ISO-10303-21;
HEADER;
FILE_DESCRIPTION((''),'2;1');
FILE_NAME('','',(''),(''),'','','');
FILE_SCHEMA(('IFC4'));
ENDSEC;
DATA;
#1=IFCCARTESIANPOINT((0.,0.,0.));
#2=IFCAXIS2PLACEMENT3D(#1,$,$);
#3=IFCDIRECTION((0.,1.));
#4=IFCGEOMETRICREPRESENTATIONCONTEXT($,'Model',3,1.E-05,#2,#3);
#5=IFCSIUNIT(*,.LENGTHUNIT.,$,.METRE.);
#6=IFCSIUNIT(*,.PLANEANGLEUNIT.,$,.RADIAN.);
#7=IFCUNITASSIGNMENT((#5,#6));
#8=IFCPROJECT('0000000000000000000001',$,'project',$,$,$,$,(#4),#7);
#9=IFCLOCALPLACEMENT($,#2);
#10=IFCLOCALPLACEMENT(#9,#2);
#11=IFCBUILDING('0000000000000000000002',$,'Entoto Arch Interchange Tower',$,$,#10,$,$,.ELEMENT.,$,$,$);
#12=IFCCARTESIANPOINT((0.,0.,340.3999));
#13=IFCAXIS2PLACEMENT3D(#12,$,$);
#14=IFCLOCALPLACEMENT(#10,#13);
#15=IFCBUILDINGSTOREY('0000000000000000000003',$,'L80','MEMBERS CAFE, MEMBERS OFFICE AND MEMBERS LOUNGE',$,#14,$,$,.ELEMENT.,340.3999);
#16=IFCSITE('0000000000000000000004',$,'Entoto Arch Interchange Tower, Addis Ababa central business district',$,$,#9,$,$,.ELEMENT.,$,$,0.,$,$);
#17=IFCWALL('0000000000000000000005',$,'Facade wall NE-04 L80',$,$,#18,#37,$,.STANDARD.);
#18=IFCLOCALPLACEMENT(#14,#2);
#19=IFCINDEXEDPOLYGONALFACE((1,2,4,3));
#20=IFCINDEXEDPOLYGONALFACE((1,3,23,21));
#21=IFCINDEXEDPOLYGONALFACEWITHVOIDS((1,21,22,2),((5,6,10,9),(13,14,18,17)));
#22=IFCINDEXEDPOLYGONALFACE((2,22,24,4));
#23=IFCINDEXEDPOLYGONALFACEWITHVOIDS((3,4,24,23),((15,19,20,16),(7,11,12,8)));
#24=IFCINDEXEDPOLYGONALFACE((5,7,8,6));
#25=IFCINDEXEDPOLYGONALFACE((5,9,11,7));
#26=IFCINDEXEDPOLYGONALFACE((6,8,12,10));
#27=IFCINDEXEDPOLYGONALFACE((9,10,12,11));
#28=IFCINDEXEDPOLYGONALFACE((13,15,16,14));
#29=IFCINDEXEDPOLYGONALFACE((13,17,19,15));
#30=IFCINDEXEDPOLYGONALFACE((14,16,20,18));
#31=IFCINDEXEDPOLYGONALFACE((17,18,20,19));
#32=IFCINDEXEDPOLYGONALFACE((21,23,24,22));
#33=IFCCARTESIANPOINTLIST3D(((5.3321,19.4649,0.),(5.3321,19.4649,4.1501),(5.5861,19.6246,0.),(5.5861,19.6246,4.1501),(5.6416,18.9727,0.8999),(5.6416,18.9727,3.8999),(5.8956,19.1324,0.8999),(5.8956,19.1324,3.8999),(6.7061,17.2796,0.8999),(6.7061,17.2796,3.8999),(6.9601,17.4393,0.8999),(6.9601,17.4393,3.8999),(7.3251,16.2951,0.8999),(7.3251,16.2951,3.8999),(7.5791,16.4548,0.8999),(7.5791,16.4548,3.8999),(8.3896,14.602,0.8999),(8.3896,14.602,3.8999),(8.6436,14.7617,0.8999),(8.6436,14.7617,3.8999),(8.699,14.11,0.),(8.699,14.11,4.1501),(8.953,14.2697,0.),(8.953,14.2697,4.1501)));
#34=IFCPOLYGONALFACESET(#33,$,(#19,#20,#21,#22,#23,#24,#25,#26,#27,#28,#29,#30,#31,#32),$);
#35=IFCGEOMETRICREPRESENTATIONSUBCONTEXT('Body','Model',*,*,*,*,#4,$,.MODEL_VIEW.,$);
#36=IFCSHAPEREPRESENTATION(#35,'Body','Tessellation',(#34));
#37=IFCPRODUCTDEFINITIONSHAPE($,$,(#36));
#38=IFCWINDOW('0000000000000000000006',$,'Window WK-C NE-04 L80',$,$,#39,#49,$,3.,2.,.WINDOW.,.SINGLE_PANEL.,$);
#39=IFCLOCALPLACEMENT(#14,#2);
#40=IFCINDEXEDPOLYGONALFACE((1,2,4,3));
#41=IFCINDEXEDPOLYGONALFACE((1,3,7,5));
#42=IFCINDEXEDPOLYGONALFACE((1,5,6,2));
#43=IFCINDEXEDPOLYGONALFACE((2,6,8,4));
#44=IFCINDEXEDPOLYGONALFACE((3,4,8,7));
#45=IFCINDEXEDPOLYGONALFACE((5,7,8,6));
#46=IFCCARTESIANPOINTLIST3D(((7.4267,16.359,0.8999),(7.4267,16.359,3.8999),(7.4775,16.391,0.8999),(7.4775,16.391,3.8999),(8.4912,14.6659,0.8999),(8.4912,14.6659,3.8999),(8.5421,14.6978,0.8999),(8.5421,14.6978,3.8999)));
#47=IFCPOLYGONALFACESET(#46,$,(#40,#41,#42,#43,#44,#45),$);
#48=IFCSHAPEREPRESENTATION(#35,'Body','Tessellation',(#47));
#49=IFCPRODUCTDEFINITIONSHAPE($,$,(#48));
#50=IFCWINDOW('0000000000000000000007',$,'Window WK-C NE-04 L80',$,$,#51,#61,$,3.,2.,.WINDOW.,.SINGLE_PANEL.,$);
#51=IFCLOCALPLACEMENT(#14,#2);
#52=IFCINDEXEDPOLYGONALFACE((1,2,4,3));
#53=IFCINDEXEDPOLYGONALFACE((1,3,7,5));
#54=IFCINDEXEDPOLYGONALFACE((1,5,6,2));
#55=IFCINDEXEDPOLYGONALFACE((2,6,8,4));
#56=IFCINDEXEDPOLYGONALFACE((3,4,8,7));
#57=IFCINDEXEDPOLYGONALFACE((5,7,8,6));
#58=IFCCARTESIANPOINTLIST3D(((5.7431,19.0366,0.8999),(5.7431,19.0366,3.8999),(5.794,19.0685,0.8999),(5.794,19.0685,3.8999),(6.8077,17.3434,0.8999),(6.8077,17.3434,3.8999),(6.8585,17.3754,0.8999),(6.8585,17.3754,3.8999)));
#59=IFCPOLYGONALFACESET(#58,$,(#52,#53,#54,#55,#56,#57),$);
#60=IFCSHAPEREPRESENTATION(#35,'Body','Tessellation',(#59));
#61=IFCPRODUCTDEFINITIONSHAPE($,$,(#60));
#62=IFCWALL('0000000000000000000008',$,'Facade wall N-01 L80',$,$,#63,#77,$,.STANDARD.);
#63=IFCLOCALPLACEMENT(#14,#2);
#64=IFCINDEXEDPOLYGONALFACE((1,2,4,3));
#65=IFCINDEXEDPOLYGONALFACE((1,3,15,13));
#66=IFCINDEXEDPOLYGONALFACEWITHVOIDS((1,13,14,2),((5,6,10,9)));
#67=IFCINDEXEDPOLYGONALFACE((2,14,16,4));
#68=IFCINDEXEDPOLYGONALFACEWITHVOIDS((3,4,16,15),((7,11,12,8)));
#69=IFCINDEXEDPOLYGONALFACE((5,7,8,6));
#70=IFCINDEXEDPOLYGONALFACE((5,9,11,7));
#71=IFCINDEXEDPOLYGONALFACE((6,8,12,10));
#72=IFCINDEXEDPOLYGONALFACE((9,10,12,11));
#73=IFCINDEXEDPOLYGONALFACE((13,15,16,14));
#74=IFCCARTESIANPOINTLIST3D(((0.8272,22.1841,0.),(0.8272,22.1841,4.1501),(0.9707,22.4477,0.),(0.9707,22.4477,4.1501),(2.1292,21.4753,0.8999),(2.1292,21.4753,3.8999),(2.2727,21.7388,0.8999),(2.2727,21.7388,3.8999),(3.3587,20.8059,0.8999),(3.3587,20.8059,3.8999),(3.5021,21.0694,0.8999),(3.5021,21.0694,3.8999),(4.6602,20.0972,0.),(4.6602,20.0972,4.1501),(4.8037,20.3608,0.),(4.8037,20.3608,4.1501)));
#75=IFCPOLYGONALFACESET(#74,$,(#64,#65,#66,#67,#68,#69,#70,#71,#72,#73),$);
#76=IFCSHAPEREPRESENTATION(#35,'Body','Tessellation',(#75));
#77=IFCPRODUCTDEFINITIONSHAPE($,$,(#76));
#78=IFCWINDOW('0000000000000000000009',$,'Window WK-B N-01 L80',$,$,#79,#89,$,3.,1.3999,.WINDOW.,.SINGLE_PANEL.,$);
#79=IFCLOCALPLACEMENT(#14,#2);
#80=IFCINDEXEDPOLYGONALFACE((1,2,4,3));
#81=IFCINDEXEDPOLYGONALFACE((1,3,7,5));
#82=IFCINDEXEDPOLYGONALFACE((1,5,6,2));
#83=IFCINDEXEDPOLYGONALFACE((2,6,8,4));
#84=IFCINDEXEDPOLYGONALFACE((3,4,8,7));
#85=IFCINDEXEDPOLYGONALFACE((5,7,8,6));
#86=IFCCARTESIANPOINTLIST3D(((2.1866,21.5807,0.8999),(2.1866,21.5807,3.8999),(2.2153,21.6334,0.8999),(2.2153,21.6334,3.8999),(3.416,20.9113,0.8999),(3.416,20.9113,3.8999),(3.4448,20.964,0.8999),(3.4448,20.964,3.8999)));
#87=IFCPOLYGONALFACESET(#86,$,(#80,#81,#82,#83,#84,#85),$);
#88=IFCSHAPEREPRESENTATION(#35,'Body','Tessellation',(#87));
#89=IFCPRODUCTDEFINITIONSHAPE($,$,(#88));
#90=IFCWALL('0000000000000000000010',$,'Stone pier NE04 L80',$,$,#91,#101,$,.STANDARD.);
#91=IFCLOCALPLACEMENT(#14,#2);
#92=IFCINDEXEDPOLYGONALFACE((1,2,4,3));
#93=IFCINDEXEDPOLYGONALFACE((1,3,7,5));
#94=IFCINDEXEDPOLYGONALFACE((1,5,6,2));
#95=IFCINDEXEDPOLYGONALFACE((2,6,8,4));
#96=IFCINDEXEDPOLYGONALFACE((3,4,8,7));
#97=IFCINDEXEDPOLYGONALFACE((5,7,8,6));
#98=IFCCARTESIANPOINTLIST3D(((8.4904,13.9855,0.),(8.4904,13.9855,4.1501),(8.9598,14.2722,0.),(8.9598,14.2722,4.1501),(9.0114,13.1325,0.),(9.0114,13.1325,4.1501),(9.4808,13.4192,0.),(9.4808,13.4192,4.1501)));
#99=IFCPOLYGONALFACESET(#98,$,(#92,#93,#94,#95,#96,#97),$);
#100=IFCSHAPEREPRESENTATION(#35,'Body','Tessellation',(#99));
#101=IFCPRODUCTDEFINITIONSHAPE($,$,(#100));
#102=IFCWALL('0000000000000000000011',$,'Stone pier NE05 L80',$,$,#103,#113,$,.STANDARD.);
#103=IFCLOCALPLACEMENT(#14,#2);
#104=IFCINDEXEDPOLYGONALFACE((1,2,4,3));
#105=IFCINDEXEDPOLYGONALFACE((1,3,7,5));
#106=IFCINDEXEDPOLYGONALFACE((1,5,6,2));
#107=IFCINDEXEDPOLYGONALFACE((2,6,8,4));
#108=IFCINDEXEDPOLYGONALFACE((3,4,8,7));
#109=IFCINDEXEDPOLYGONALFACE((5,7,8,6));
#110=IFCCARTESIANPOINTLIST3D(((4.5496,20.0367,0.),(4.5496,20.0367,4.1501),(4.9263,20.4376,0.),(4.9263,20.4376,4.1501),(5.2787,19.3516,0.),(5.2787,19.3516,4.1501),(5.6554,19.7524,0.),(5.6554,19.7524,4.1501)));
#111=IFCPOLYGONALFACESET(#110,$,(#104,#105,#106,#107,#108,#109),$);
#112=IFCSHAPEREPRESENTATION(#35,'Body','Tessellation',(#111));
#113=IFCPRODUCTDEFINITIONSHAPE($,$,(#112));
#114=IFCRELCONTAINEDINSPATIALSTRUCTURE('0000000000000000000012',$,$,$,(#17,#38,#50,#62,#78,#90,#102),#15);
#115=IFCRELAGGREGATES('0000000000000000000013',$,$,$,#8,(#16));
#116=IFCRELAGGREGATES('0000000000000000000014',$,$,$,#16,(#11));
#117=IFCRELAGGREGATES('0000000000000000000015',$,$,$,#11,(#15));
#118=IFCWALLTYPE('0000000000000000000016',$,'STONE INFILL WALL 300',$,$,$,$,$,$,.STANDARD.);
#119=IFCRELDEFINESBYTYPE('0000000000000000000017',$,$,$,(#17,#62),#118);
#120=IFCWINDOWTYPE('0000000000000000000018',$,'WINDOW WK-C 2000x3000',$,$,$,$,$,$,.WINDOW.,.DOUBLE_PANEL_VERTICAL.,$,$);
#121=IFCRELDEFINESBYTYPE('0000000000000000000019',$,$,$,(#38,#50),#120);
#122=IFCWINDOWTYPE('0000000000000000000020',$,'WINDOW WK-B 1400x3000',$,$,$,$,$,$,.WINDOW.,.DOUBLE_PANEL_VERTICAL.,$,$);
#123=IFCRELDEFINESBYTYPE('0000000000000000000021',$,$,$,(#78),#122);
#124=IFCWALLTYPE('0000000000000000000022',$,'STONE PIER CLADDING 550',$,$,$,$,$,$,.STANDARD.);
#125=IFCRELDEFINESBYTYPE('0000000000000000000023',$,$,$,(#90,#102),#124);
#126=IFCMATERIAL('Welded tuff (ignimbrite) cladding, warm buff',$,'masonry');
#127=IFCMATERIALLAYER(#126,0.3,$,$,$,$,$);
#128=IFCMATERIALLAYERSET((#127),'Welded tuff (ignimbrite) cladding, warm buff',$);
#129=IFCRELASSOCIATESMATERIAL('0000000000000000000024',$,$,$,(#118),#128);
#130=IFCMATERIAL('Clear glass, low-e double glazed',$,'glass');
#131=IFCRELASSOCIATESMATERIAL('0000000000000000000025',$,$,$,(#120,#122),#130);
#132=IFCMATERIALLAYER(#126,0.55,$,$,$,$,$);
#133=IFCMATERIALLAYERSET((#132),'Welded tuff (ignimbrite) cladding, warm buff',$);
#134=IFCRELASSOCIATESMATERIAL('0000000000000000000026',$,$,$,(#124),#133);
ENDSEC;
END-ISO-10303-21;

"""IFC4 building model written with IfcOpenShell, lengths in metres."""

from ifc_helpers import new_model, si_unit, direction, frame, frame_2d, origin, place, context, subcontext, project, spatial, rectangle, extrude, material, layer, layer_set, type_object, element, fill, save


model = new_model("IFC4")

# Units and contexts
model_context = context("Model", 3, precision=1e-05, world=origin(), true_north=direction((0.0, 1.0)))
body_context = subcontext(model_context, "Body", "Model", "MODEL_VIEW")
ifc_project = project(units=[si_unit("LENGTHUNIT", "METRE"), si_unit("PLANEANGLEUNIT", "RADIAN")], contexts=[model_context])

# Site, building, storey
site_placement = place(None, origin())
site = spatial("IfcSite", under=ifc_project, at=site_placement, Name="Entoto Arch Interchange Tower, Addis Ababa central business district", CompositionType="ELEMENT", RefElevation=0.0)
building_placement = place(site_placement, origin())
building = spatial("IfcBuilding", under=site, at=building_placement, Name="Entoto Arch Interchange Tower", CompositionType="ELEMENT")
storey_placement = place(building_placement, frame((0.0, 0.0, 340.3999)))
storey = spatial("IfcBuildingStorey", under=building, at=storey_placement, Name="L80", Description="MEMBERS CAFE, MEMBERS OFFICE AND MEMBERS LOUNGE", CompositionType="ELEMENT", Elevation=340.3999)

# Wall, openings, windows
ifc_material_1 = material(Name="Welded tuff (ignimbrite) cladding, warm buff", Category="masonry")
ifc_layer_1 = layer(ifc_material_1, 0.3)
ifc_layer_set_1 = layer_set([ifc_layer_1], Name="Welded tuff (ignimbrite) cladding, warm buff")
wall_type_1 = type_object("IfcWallType", Name="STONE INFILL WALL 300", PredefinedType="STANDARD", material=ifc_layer_set_1)
wall_1_placement = place(storey_placement, frame((8.8259, 14.1899, 0.0), z_axis=(0.0, 0.0, 1.0), x_axis=(-0.53228, 0.846568, 0.0)))
wall_1 = element("IfcWall", 1, at=wall_1_placement, inside=storey, type_object=wall_type_1, Name="Facade wall NE-04 L80", PredefinedType="STANDARD", context=body_context, shape_type="SweptSolid", body=[
    extrude(rectangle(XDim=6.3254, YDim=0.3, at=frame_2d((3.1626, 0.0))), origin(), (0.0, 0.0, 1.0), 4.1501),
])
opening_1_placement = place(wall_1_placement, frame((0.5811, 0.0, 0.8999)))
opening_1 = element("IfcOpeningElement", 2, at=opening_1_placement, cuts=wall_1, PredefinedType="OPENING", context=body_context, shape_type="SweptSolid", body=[
    extrude(rectangle(XDim=2.0, YDim=3.0, at=frame_2d((1.0, 1.5))), frame((0.0, 0.1602, 0.0), z_axis=(0.0, -1.0, 0.0), x_axis=(1.0, 0.0, 0.0)), (0.0, 0.0, 1.0), 0.3201),
])
opening_2_placement = place(wall_1_placement, frame((3.7439, 0.0, 0.8999)))
opening_2 = element("IfcOpeningElement", 3, at=opening_2_placement, cuts=wall_1, PredefinedType="OPENING", context=body_context, shape_type="SweptSolid", body=[
    extrude(rectangle(XDim=2.0, YDim=3.0, at=frame_2d((1.0, 1.5))), frame((0.0, 0.1602, 0.0), z_axis=(0.0, -1.0, 0.0), x_axis=(1.0, 0.0, 0.0)), (0.0, 0.0, 1.0), 0.3201),
])
ifc_material_2 = material(Name="Clear glass, low-e double glazed", Category="glass")
window_type_1 = type_object("IfcWindowType", Name="WINDOW WK-C 2000x3000", PartitioningType="DOUBLE_PANEL_VERTICAL", PredefinedType="WINDOW", material=ifc_material_2)
window_1_placement = place(opening_1_placement, origin())
window_1 = element("IfcWindow", 4, at=window_1_placement, inside=storey, type_object=window_type_1, Name="Window WK-C NE-04 L80", OverallHeight=3.0, OverallWidth=2.0, PartitioningType="SINGLE_PANEL", PredefinedType="WINDOW", context=body_context, shape_type="SweptSolid", body=[
    extrude(rectangle(XDim=2.0, YDim=3.0, at=frame_2d((1.0, 1.5))), frame((0.0, 0.03, 0.0), z_axis=(0.0, -1.0, 0.0), x_axis=(1.0, 0.0, 0.0)), (0.0, 0.0, 1.0), 0.0601),
])
fill(opening_1, window_1)
window_2_placement = place(opening_2_placement, origin())
window_2 = element("IfcWindow", 5, at=window_2_placement, inside=storey, type_object=window_type_1, Name="Window WK-C NE-04 L80", OverallHeight=3.0, OverallWidth=2.0, PartitioningType="SINGLE_PANEL", PredefinedType="WINDOW", context=body_context, shape_type="SweptSolid", body=[
    extrude(rectangle(XDim=2.0, YDim=3.0, at=frame_2d((1.0, 1.5))), frame((0.0, 0.03, 0.0), z_axis=(0.0, -1.0, 0.0), x_axis=(1.0, 0.0, 0.0)), (0.0, 0.0, 1.0), 0.0601),
])
fill(opening_2, window_2)

# Wall, opening, window
wall_2_placement = place(storey_placement, frame((4.7319, 20.229, 0.0), z_axis=(0.0, 0.0, 1.0), x_axis=(-0.878263, 0.478178, 0.0)))
wall_2 = element("IfcWall", 6, at=wall_2_placement, inside=storey, type_object=wall_type_1, Name="Facade wall N-01 L80", PredefinedType="STANDARD", context=body_context, shape_type="SweptSolid", body=[
    extrude(rectangle(XDim=4.3643, YDim=0.3, at=frame_2d((2.1821, 0.0))), origin(), (0.0, 0.0, 1.0), 4.1501),
])
opening_3_placement = place(wall_2_placement, frame((1.4819, 0.0, 0.8999)))
opening_3 = element("IfcOpeningElement", 7, at=opening_3_placement, cuts=wall_2, PredefinedType="OPENING", context=body_context, shape_type="SweptSolid", body=[
    extrude(rectangle(XDim=1.3999, YDim=3.0, at=frame_2d((0.7, 1.5))), frame((0.0, 0.1602, 0.0), z_axis=(0.0, -1.0, 0.0), x_axis=(1.0, 0.0, 0.0)), (0.0, 0.0, 1.0), 0.3201),
])
window_type_2 = type_object("IfcWindowType", Name="WINDOW WK-B 1400x3000", PartitioningType="DOUBLE_PANEL_VERTICAL", PredefinedType="WINDOW", material=ifc_material_2)
window_3_placement = place(opening_3_placement, origin())
window_3 = element("IfcWindow", 8, at=window_3_placement, inside=storey, type_object=window_type_2, Name="Window WK-B N-01 L80", OverallHeight=3.0, OverallWidth=1.3999, PartitioningType="SINGLE_PANEL", PredefinedType="WINDOW", context=body_context, shape_type="SweptSolid", body=[
    extrude(rectangle(XDim=1.3999, YDim=3.0, at=frame_2d((0.7, 1.5))), frame((0.0, 0.03, 0.0), z_axis=(0.0, -1.0, 0.0), x_axis=(1.0, 0.0, 0.0)), (0.0, 0.0, 1.0), 0.0601),
])
fill(opening_3, window_3)

# Walls
ifc_layer_2 = layer(ifc_material_1, 0.55)
ifc_layer_set_2 = layer_set([ifc_layer_2], Name="Welded tuff (ignimbrite) cladding, warm buff")
wall_type_2 = type_object("IfcWallType", Name="STONE PIER CLADDING 550", PredefinedType="STANDARD", material=ifc_layer_set_2)
wall_3_placement = place(storey_placement, frame((9.2461, 13.2759, 0.0), z_axis=(0.0, 0.0, 1.0), x_axis=(-0.521233, 0.853415, 0.0)))
element("IfcWall", 9, at=wall_3_placement, inside=storey, type_object=wall_type_2, Name="Stone pier NE04 L80", PredefinedType="STANDARD", context=body_context, shape_type="SweptSolid", body=[
    extrude(rectangle(XDim=0.9995, YDim=0.55, at=frame_2d((0.4998, 0.0))), origin(), (0.0, 0.0, 1.0), 4.1501),
])
wall_4_placement = place(storey_placement, frame((5.467, 19.552, 0.0), z_axis=(0.0, 0.0, 1.0), x_axis=(-0.72873, 0.684801, 0.0)))
element("IfcWall", 10, at=wall_4_placement, inside=storey, type_object=wall_type_2, Name="Stone pier NE05 L80", PredefinedType="STANDARD", context=body_context, shape_type="SweptSolid", body=[
    extrude(rectangle(XDim=1.0005, YDim=0.55, at=frame_2d((0.5002, 0.0))), origin(), (0.0, 0.0, 1.0), 4.1501),
])

save(model, "model.ifc")
